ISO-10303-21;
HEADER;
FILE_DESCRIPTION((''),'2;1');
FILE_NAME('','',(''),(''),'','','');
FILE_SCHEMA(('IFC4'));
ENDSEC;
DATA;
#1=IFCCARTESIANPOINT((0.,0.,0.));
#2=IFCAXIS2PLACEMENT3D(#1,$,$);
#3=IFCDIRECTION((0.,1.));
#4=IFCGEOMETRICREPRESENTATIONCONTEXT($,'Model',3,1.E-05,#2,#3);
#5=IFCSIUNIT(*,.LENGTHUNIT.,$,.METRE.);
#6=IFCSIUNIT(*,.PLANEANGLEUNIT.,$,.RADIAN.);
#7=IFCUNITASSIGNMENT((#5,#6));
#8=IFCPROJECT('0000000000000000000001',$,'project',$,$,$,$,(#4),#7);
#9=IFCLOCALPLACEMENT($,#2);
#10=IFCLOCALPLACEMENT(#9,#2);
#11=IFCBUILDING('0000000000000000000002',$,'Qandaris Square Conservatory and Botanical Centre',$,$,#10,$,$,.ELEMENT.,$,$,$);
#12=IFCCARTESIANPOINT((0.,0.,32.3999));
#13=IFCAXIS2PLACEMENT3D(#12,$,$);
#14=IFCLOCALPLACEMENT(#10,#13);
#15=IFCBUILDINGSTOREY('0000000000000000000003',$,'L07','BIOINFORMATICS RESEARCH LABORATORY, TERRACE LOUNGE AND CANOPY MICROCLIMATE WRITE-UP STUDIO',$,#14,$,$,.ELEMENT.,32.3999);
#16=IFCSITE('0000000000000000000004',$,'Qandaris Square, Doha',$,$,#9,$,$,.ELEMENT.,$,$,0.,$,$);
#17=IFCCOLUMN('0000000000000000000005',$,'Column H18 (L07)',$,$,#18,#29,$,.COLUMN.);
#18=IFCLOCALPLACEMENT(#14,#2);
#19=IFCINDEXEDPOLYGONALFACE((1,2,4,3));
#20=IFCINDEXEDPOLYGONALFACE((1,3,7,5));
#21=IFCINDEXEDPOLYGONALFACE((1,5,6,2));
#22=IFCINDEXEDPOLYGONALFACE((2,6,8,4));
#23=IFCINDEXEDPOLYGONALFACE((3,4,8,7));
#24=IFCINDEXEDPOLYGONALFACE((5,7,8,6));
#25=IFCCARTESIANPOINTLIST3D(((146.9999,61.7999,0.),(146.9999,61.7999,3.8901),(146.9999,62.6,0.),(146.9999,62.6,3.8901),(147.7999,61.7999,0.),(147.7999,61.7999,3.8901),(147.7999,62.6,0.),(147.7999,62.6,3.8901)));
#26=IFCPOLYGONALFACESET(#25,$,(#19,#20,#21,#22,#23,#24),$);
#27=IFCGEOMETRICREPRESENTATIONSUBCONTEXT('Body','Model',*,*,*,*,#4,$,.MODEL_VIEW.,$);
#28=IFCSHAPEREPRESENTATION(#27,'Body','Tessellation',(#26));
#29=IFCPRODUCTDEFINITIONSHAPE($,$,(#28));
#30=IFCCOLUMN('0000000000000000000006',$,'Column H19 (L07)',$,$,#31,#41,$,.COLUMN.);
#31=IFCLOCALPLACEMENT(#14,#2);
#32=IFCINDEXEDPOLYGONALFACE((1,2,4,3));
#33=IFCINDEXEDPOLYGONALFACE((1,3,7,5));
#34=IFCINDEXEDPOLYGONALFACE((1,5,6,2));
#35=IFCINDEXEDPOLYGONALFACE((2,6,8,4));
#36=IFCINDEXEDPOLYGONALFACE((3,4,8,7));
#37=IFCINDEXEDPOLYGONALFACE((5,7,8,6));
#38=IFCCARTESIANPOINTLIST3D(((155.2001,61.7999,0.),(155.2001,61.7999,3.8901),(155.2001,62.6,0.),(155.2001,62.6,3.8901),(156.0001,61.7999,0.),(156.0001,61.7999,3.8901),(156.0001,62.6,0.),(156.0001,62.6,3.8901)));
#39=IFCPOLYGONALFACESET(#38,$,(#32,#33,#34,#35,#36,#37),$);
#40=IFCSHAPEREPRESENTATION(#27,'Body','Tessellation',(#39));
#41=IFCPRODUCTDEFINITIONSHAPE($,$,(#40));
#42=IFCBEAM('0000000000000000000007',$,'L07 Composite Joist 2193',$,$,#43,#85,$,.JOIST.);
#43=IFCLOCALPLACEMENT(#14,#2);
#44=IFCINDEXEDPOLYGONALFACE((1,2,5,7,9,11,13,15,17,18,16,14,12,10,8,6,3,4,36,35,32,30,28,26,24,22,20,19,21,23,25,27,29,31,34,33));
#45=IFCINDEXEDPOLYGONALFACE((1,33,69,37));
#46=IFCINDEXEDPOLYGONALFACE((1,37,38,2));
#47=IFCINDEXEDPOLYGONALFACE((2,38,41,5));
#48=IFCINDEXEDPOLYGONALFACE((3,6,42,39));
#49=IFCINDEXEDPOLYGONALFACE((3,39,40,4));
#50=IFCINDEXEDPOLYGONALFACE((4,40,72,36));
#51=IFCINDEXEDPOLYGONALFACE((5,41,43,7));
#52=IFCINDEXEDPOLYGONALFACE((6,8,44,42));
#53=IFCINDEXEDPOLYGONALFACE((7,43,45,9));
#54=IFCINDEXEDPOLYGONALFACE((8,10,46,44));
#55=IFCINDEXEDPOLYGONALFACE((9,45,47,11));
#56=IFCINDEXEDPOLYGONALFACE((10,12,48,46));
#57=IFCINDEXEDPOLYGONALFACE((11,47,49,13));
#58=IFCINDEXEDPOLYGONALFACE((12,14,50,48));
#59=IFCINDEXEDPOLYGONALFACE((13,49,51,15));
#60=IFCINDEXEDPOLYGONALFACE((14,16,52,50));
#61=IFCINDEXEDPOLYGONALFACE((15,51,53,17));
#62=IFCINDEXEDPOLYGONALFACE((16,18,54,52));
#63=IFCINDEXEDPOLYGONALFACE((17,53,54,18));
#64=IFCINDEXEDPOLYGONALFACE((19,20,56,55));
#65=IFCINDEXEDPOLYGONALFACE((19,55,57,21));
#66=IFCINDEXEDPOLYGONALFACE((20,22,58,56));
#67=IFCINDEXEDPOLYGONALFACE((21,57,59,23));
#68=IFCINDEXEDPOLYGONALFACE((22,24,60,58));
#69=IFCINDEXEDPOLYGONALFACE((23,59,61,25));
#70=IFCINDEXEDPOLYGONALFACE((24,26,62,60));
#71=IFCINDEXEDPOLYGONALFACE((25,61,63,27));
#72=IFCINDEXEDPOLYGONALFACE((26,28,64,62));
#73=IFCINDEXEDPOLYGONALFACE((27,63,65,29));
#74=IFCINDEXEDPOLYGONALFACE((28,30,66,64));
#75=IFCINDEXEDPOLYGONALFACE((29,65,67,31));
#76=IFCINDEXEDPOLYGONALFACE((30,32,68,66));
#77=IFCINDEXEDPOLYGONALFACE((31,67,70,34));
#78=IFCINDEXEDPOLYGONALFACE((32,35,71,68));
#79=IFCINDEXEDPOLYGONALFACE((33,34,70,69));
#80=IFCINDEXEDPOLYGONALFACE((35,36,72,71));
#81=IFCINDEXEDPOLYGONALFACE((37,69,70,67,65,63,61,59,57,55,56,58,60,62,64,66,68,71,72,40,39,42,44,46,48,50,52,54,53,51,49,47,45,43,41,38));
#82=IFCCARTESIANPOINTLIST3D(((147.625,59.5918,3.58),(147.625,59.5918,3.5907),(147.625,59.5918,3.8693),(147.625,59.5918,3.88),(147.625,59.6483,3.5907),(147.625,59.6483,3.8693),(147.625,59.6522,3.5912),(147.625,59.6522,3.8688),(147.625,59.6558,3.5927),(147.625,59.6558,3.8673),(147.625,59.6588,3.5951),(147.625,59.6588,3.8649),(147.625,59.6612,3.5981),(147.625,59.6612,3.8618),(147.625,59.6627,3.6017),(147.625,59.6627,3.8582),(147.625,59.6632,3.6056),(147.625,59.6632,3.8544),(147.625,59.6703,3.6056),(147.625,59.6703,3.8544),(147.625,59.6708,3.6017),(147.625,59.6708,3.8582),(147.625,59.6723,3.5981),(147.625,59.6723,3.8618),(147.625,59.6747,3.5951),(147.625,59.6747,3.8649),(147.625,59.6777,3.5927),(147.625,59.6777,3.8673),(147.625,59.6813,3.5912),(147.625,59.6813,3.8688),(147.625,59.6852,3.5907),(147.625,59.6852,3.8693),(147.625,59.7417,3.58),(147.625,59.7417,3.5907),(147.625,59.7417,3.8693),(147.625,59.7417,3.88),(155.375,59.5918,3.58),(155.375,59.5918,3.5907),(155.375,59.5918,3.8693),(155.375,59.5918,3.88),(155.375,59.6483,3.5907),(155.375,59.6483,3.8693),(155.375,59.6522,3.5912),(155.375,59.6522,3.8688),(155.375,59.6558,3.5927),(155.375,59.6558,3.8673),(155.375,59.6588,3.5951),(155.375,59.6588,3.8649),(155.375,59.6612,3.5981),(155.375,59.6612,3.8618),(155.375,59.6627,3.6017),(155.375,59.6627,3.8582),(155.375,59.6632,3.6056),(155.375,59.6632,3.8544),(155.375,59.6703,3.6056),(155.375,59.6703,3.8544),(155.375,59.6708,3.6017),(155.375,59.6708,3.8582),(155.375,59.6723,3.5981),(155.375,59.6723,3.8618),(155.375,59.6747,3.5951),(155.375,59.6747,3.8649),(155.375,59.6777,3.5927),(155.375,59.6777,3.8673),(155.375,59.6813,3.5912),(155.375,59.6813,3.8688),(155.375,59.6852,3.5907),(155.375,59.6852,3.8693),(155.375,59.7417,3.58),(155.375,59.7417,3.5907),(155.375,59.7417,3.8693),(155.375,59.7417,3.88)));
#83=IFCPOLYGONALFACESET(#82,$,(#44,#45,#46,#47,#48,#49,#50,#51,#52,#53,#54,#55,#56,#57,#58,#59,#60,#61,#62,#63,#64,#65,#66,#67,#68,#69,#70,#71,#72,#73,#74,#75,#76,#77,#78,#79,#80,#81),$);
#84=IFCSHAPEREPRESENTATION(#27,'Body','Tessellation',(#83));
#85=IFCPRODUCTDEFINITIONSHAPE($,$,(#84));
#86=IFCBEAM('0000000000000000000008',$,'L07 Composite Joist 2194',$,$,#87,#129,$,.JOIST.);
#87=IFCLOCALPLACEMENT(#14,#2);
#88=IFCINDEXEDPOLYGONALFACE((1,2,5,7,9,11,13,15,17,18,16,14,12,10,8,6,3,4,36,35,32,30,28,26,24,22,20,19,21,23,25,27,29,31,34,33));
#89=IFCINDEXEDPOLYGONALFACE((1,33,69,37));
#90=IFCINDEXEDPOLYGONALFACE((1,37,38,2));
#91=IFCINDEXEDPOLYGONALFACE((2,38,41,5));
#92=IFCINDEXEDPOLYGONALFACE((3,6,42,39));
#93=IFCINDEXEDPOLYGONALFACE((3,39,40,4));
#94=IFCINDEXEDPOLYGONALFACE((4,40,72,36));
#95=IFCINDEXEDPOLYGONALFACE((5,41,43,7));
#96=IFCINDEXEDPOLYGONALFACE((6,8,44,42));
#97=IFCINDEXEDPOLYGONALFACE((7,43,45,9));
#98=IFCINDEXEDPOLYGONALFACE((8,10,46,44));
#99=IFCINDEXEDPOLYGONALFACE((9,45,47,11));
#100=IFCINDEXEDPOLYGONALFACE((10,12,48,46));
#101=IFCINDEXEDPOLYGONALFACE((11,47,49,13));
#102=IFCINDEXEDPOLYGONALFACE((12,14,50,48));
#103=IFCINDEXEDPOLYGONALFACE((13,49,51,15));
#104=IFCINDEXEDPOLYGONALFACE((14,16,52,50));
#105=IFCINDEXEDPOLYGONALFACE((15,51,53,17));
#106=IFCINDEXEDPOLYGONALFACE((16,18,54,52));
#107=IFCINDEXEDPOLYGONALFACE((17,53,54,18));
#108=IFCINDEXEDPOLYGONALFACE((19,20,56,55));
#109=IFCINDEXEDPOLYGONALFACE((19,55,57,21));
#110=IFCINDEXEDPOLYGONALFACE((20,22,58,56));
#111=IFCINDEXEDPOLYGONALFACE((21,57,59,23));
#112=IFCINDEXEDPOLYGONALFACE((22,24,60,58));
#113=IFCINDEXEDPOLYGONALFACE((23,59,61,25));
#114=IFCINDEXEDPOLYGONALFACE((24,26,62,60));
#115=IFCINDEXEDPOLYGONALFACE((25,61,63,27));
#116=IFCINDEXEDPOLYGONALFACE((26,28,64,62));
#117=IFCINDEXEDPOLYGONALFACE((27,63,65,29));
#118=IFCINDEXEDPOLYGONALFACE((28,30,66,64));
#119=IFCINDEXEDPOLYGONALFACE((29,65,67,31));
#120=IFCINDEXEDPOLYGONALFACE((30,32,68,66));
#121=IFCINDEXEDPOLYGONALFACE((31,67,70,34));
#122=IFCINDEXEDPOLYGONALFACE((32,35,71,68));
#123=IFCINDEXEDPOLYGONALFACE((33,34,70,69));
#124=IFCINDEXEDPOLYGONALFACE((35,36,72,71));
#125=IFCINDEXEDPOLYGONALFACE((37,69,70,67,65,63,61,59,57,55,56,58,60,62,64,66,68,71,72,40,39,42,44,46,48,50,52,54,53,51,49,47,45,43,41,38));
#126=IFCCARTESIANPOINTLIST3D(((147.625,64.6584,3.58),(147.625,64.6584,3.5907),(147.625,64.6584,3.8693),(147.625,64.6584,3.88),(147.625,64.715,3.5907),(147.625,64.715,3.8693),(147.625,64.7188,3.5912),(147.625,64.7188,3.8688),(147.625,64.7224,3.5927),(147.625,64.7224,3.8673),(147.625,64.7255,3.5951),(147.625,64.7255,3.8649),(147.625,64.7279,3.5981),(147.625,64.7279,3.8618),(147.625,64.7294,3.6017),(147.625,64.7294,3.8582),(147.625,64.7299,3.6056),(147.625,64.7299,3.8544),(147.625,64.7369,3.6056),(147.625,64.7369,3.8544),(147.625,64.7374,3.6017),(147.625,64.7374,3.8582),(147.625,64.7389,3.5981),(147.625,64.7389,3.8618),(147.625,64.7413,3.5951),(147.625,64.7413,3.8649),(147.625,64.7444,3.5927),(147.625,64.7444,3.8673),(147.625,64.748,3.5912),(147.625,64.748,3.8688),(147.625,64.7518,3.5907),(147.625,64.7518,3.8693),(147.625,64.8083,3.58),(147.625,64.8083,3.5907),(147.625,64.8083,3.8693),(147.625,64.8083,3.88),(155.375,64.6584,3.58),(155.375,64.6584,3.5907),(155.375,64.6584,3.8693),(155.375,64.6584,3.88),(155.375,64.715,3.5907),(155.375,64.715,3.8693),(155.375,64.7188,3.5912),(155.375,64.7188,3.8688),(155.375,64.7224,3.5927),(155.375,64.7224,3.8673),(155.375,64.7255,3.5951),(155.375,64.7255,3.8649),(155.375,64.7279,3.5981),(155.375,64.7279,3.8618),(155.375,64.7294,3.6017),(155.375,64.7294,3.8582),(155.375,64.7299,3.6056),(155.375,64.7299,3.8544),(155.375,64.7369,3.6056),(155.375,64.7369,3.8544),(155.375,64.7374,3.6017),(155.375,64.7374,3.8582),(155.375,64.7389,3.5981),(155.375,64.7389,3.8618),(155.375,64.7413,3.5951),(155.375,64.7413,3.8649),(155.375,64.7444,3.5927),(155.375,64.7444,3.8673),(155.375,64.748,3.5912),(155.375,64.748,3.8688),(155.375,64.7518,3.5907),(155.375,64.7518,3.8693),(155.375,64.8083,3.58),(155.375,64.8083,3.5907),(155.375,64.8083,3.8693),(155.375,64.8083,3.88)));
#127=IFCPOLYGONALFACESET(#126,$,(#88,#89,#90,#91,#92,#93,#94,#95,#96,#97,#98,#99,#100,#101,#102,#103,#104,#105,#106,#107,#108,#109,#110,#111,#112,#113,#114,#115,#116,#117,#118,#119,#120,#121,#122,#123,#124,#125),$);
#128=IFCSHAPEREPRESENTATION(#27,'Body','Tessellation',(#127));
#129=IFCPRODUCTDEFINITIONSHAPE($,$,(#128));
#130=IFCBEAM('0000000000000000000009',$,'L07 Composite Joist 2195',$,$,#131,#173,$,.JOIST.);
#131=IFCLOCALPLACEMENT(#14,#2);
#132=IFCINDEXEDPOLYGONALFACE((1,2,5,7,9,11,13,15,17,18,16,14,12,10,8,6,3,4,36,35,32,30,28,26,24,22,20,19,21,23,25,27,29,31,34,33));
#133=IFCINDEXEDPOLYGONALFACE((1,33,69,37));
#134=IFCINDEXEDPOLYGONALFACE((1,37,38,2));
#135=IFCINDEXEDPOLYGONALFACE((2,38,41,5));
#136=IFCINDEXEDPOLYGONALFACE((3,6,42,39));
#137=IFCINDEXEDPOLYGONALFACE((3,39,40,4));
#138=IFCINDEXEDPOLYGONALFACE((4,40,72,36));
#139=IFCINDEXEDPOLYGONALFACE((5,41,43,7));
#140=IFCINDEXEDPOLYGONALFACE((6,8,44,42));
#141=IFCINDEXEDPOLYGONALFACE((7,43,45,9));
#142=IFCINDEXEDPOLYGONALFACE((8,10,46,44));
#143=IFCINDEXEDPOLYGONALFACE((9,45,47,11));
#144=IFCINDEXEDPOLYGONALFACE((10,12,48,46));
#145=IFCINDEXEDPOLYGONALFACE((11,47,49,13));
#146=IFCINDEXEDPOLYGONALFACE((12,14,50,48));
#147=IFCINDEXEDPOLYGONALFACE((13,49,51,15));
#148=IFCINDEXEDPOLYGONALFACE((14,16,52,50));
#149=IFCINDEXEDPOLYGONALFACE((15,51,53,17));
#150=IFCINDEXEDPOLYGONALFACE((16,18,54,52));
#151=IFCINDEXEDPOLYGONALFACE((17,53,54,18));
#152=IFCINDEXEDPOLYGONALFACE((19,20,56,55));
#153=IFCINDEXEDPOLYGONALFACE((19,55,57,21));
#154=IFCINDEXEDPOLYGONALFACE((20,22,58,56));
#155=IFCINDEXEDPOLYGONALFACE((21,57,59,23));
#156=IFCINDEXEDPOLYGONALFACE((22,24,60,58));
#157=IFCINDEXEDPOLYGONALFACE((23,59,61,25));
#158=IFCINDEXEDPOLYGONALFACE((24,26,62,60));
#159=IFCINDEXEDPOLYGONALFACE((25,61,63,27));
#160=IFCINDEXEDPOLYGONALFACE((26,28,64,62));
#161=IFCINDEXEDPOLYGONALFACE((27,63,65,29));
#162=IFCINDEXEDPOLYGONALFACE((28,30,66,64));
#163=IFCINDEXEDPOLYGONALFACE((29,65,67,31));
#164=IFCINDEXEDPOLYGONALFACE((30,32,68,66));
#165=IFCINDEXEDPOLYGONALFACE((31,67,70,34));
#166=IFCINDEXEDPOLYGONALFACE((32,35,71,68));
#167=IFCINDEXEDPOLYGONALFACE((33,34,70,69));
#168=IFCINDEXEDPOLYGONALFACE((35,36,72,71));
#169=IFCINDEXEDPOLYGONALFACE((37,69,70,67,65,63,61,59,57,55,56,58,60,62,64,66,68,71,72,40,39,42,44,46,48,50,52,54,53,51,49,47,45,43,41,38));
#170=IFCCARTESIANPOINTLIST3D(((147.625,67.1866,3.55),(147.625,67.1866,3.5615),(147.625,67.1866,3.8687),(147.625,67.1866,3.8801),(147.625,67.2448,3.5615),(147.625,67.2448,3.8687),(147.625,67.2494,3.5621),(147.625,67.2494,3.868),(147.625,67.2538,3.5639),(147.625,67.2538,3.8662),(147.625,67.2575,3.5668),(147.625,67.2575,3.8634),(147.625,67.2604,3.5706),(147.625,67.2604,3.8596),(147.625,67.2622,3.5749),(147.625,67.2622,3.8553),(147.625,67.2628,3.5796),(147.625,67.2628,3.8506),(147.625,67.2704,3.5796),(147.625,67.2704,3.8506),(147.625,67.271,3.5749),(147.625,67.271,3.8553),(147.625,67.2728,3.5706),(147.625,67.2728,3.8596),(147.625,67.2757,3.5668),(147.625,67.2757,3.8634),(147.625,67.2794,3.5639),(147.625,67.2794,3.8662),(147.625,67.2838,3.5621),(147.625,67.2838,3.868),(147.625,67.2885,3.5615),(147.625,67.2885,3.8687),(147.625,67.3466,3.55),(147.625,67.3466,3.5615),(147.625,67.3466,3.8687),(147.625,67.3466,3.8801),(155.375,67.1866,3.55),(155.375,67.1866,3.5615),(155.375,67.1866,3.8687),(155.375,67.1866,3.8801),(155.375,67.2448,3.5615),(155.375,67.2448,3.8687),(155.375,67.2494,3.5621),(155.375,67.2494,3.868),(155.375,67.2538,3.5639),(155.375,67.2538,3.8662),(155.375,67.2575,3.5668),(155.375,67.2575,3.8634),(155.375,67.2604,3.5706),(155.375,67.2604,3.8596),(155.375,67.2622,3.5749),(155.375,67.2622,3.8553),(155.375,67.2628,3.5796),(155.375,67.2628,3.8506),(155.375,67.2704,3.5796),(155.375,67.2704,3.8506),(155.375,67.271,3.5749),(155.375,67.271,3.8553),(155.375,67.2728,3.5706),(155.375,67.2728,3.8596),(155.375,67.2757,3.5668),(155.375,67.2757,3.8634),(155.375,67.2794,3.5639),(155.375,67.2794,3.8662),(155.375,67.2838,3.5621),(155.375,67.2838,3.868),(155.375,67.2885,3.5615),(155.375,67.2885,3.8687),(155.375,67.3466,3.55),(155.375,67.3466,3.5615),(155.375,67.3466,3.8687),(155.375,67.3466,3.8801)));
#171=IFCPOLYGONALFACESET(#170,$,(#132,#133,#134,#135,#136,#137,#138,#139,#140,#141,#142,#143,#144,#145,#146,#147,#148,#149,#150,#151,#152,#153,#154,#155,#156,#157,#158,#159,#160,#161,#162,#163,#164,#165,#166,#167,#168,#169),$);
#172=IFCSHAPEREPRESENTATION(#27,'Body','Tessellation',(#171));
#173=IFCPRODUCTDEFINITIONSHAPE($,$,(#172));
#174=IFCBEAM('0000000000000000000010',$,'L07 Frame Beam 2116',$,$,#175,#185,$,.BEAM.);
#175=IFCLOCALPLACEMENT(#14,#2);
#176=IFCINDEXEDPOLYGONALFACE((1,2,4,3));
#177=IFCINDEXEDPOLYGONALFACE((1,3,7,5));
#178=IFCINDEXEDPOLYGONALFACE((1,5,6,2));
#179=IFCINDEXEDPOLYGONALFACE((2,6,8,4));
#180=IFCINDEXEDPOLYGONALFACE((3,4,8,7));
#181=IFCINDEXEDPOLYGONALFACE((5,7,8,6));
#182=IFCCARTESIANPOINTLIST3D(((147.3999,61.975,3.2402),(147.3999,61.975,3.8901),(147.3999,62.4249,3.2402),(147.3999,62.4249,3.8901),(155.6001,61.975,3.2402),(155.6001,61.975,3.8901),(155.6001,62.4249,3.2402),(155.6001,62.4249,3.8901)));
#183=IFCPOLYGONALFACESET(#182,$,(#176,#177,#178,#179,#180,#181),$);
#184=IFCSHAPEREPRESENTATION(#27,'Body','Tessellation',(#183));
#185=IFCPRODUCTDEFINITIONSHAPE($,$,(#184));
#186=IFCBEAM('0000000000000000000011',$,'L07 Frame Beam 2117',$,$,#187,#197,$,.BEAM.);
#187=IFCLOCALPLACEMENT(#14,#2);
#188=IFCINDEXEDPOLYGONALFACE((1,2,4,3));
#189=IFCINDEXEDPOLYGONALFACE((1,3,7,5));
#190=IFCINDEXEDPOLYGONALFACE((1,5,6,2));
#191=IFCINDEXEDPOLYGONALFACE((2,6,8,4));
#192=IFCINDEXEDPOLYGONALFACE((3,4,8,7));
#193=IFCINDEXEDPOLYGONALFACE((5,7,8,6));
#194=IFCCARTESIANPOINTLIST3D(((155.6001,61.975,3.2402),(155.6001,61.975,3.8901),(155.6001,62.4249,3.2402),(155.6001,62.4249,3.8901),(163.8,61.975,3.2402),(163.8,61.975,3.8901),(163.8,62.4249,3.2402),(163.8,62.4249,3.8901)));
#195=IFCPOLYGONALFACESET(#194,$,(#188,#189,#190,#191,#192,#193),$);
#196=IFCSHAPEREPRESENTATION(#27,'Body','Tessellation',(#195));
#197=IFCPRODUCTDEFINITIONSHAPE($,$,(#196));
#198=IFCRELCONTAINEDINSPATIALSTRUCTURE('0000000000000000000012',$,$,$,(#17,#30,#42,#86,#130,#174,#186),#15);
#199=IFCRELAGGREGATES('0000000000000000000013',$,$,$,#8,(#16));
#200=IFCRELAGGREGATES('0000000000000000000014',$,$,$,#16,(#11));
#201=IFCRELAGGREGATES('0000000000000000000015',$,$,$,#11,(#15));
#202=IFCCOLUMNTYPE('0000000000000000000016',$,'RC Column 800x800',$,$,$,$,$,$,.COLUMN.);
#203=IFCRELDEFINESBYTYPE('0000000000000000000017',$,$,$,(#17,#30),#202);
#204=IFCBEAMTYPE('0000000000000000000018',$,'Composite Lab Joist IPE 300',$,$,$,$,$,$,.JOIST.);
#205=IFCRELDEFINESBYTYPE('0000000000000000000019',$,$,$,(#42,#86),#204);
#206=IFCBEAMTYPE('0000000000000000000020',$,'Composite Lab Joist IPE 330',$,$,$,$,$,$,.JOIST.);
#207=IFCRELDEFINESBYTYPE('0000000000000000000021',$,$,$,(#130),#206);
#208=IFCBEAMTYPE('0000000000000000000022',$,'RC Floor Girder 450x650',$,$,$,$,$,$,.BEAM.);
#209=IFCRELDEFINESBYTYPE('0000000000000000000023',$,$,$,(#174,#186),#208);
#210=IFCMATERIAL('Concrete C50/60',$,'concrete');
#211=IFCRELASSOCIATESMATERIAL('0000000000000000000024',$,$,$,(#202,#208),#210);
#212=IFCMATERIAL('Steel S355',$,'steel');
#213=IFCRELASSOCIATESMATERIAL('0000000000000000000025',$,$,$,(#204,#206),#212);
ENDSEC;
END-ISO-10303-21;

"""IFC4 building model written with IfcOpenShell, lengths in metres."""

from ifc_helpers import new_model, si_unit, direction, frame, origin, origin_2d, place, context, subcontext, project, spatial, rectangle, i_section, extrude, material, material_profile, profile_set, type_object, element, save


model = new_model("IFC4")

# Units and contexts
model_context = context("Model", 3, precision=1e-05, world=origin(), true_north=direction((0.0, 1.0)))
body_context = subcontext(model_context, "Body", "Model", "MODEL_VIEW")
ifc_project = project(units=[si_unit("LENGTHUNIT", "METRE"), si_unit("PLANEANGLEUNIT", "RADIAN")], contexts=[model_context])

# Site, building, storey
site_placement = place(None, origin())
site = spatial("IfcSite", under=ifc_project, at=site_placement, Name="Qandaris Square, Doha", CompositionType="ELEMENT", RefElevation=0.0)
building_placement = place(site_placement, origin())
building = spatial("IfcBuilding", under=site, at=building_placement, Name="Qandaris Square Conservatory and Botanical Centre", CompositionType="ELEMENT")
storey_placement = place(building_placement, frame((0.0, 0.0, 32.3999)))
storey = spatial("IfcBuildingStorey", under=building, at=storey_placement, Name="L07", Description="BIOINFORMATICS RESEARCH LABORATORY, TERRACE LOUNGE AND CANOPY MICROCLIMATE WRITE-UP STUDIO", CompositionType="ELEMENT", Elevation=32.3999)

# Columns
ifc_material_1 = material(Name="Concrete C50/60", Category="concrete")
ifc_material_profile_1 = material_profile(ifc_material_1, rectangle(XDim=0.8, YDim=0.8, at=origin_2d()), Name="RC-COL 800x800")
ifc_profile_set_1 = profile_set([ifc_material_profile_1], Name="Concrete C50/60")
column_type = type_object("IfcColumnType", Name="RC Column 800x800", PredefinedType="COLUMN", material=ifc_profile_set_1)
for number, where, z_axis, x_axis, name in (
    (1, (147.3999, 62.2, 0.0), (0.0, 0.0, 1.0), (1.0, 0.0, 0.0), "Column H18 (L07)"),
    (2, (155.6001, 62.2, 0.0), (0.0, 0.0, 1.0), (1.0, 0.0, 0.0), "Column H19 (L07)"),
):
    element("IfcColumn", number, at=place(storey_placement, frame(where, z_axis=z_axis, x_axis=x_axis)), inside=storey, type_object=column_type, Name=name, PredefinedType="COLUMN", context=body_context, shape_type="SweptSolid", body=[
        extrude(rectangle(XDim=0.8, YDim=0.8, at=origin_2d()), origin(), (0.0, 0.0, 1.0), 3.8901),
    ])

# Beams
ifc_material_2 = material(Name="Steel S355", Category="steel")
ifc_material_profile_2 = material_profile(ifc_material_2, i_section(OverallWidth=0.1499, OverallDepth=0.3, WebThickness=0.0071, FlangeThickness=0.0107, FilletRadius=0.0149, at=origin_2d()), Name="IPE 300")
ifc_profile_set_2 = profile_set([ifc_material_profile_2], Name="Steel S355")
beam_type_1 = type_object("IfcBeamType", Name="Composite Lab Joist IPE 300", PredefinedType="JOIST", material=ifc_profile_set_2)
for number, where, z_axis, x_axis, name in (
    (3, (147.625, 59.6667, 3.73), (1.0, 0.0, 0.0), (0.0, 1.0, 0.0), "L07 Composite Joist 2193"),
    (4, (147.625, 64.7334, 3.73), (1.0, 0.0, 0.0), (0.0, 1.0, 0.0), "L07 Composite Joist 2194"),
):
    element("IfcBeam", number, at=place(storey_placement, frame(where, z_axis=z_axis, x_axis=x_axis)), inside=storey, type_object=beam_type_1, Name=name, PredefinedType="JOIST", context=body_context, shape_type="SweptSolid", body=[
        extrude(i_section(OverallWidth=0.1499, OverallDepth=0.3, WebThickness=0.0071, FlangeThickness=0.0107, FilletRadius=0.0149, at=origin_2d()), origin(), (0.0, 0.0, 1.0), 7.75),
    ])
ifc_material_profile_3 = material_profile(ifc_material_2, i_section(OverallWidth=0.1599, OverallDepth=0.3301, WebThickness=0.0076, FlangeThickness=0.0115, FilletRadius=0.0181, at=origin_2d()), Name="IPE 330")
ifc_profile_set_3 = profile_set([ifc_material_profile_3], Name="Steel S355")
beam_type_2 = type_object("IfcBeamType", Name="Composite Lab Joist IPE 330", PredefinedType="JOIST", material=ifc_profile_set_3)
beam_1_placement = place(storey_placement, frame((147.625, 67.2666, 3.7151), z_axis=(1.0, 0.0, 0.0), x_axis=(0.0, 1.0, 0.0)))
element("IfcBeam", 5, at=beam_1_placement, inside=storey, type_object=beam_type_2, Name="L07 Composite Joist 2195", PredefinedType="JOIST", context=body_context, shape_type="SweptSolid", body=[
    extrude(i_section(OverallWidth=0.1599, OverallDepth=0.3301, WebThickness=0.0076, FlangeThickness=0.0115, FilletRadius=0.0181, at=origin_2d()), origin(), (0.0, 0.0, 1.0), 7.75),
])
ifc_material_profile_4 = material_profile(ifc_material_1, rectangle(XDim=0.45, YDim=0.6499, at=origin_2d()), Name="RC-BM 450x650")
ifc_profile_set_4 = profile_set([ifc_material_profile_4], Name="Concrete C50/60")
beam_type_3 = type_object("IfcBeamType", Name="RC Floor Girder 450x650", PredefinedType="BEAM", material=ifc_profile_set_4)
beam_2_placement = place(storey_placement, frame((147.3999, 62.2, 3.5652), z_axis=(1.0, 0.0, 0.0), x_axis=(0.0, 1.0, 0.0)))
element("IfcBeam", 6, at=beam_2_placement, inside=storey, type_object=beam_type_3, Name="L07 Frame Beam 2116", PredefinedType="BEAM", context=body_context, shape_type="SweptSolid", body=[
    extrude(rectangle(XDim=0.45, YDim=0.6499, at=origin_2d()), origin(), (0.0, 0.0, 1.0), 8.2002),
])
beam_3_placement = place(storey_placement, frame((155.6001, 62.2, 3.5652), z_axis=(1.0, 0.0, 0.0), x_axis=(0.0, 1.0, 0.0)))
element("IfcBeam", 7, at=beam_3_placement, inside=storey, type_object=beam_type_3, Name="L07 Frame Beam 2117", PredefinedType="BEAM", context=body_context, shape_type="SweptSolid", body=[
    extrude(rectangle(XDim=0.45, YDim=0.6499, at=origin_2d()), origin(), (0.0, 0.0, 1.0), 8.2),
])

save(model, "model.ifc")
